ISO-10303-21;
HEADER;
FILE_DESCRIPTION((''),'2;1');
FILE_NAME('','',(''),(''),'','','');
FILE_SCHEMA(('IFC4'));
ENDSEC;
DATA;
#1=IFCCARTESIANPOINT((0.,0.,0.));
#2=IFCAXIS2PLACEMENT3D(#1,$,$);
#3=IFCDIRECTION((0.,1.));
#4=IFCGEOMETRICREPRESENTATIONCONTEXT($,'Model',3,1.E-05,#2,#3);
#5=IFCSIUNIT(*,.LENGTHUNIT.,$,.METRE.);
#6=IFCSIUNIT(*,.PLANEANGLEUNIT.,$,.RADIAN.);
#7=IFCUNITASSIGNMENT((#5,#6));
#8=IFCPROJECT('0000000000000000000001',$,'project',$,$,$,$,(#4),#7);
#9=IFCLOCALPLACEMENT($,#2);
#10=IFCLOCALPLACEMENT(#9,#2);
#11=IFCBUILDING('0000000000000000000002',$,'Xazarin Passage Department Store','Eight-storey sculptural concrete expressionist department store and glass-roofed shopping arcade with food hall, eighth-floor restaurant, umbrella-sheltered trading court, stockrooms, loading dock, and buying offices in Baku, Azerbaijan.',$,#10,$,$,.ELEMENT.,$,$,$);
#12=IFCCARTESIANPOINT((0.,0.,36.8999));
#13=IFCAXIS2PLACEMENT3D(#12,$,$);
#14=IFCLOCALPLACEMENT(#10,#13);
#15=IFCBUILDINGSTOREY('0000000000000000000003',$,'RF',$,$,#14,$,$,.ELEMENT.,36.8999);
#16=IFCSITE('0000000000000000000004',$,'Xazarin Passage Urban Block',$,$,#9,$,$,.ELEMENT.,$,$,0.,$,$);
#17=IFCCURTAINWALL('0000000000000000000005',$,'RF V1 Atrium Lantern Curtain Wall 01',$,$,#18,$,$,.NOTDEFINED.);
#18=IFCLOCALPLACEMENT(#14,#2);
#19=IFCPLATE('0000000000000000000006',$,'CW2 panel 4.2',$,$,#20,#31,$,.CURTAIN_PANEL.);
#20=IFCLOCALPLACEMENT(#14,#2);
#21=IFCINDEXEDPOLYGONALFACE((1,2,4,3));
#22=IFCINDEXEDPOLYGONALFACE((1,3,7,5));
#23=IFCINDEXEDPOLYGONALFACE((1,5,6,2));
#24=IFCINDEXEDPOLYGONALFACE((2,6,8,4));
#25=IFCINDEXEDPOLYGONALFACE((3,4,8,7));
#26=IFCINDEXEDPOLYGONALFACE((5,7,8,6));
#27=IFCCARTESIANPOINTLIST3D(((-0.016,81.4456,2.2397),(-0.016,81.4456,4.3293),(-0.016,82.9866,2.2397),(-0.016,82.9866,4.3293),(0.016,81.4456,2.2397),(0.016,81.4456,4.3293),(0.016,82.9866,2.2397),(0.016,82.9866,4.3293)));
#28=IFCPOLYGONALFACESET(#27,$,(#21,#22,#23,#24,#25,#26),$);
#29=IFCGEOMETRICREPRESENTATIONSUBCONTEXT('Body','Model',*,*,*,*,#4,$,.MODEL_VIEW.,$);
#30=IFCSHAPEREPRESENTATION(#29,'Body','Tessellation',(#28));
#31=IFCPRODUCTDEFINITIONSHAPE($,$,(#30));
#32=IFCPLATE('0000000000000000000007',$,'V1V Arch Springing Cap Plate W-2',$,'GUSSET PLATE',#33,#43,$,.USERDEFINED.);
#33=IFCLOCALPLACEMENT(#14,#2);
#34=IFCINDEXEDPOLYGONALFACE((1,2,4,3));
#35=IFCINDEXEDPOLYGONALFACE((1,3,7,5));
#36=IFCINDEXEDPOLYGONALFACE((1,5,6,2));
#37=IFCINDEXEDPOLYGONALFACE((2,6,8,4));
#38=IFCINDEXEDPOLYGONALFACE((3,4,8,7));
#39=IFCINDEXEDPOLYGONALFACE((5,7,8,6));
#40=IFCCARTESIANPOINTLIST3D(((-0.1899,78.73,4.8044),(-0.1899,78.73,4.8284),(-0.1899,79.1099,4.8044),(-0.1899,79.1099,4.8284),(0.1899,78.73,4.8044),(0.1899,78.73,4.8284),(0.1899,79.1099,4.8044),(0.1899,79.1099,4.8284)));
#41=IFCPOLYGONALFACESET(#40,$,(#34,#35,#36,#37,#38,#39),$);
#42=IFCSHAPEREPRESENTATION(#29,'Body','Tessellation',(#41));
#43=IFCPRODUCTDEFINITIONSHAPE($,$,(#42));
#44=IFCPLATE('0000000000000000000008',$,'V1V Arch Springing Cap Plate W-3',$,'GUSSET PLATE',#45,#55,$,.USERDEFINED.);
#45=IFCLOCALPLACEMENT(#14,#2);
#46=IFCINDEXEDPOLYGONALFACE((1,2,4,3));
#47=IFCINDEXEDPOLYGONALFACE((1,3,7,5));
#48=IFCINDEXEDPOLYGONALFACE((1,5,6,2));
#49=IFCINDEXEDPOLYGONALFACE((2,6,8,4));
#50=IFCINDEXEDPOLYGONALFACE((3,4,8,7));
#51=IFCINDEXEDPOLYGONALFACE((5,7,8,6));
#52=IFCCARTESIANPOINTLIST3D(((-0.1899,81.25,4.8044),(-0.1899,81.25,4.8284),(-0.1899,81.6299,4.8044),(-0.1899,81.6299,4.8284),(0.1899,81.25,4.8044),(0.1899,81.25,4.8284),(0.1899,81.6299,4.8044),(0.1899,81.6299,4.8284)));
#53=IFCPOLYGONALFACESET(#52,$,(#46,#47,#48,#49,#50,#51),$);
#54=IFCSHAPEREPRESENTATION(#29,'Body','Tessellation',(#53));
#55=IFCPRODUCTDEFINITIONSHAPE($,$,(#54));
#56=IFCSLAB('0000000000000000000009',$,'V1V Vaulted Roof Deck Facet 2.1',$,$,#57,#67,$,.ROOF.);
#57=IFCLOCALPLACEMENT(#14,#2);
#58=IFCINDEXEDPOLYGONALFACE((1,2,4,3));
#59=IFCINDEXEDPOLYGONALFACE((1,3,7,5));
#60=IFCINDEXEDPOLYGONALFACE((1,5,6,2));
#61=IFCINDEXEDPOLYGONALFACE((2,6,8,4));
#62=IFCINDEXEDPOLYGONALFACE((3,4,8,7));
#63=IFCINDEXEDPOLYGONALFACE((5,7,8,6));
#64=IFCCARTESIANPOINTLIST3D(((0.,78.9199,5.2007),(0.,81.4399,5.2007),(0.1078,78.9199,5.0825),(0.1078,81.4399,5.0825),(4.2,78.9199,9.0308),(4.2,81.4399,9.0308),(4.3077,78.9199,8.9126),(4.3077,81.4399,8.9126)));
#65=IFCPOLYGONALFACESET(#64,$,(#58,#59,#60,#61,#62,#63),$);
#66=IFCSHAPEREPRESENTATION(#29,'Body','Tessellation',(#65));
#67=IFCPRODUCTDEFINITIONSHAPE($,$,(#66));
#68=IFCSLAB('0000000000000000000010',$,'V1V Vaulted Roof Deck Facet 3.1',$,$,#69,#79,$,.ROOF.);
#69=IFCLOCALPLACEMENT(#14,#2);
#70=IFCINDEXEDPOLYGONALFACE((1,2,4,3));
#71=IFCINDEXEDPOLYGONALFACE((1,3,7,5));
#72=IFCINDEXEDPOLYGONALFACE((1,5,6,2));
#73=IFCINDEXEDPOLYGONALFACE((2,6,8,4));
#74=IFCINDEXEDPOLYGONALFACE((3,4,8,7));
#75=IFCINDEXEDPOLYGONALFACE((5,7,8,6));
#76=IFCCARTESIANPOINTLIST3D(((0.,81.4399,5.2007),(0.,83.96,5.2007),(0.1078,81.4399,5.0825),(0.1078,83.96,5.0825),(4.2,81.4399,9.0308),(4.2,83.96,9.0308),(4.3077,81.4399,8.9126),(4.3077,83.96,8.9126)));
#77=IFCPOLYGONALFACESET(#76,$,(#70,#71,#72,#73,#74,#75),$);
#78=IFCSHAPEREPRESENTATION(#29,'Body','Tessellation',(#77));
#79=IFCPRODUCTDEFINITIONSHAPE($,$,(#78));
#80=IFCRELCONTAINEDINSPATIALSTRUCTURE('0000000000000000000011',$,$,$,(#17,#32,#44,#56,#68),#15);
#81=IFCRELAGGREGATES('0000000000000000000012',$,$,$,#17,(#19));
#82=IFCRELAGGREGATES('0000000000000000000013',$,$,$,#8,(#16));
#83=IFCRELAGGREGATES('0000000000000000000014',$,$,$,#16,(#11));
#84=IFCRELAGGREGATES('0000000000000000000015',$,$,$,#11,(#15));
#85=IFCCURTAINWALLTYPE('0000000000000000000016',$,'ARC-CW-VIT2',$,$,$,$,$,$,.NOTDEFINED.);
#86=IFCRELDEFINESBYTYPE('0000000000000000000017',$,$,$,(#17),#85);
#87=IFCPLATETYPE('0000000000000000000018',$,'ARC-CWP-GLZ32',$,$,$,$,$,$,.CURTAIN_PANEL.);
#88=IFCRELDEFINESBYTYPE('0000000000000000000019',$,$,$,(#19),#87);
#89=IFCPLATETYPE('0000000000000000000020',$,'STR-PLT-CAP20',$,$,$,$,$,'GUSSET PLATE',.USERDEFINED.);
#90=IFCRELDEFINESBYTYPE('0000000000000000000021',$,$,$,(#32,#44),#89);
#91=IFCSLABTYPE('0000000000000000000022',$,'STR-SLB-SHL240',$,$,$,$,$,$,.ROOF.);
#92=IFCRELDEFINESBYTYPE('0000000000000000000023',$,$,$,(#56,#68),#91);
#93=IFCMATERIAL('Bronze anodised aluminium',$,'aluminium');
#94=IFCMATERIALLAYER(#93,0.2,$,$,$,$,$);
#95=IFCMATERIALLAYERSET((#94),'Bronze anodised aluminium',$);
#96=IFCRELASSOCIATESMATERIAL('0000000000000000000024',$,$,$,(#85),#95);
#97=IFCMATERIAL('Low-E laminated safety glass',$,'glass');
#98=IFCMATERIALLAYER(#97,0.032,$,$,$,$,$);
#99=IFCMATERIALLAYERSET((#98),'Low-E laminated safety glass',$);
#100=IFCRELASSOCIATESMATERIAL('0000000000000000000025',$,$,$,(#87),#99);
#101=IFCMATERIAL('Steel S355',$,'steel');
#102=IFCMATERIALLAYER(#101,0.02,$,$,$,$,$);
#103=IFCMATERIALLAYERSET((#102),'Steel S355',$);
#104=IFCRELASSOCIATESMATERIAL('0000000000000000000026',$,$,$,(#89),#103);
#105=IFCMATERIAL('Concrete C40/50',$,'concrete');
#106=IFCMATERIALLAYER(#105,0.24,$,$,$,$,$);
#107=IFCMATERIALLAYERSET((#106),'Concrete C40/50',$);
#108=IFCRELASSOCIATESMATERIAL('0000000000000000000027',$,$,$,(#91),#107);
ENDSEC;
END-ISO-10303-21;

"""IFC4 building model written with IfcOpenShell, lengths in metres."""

from ifc_helpers import new_model, si_unit, direction, frame, origin, origin_2d, place, context, subcontext, project, spatial, polyline, rectangle, outline, extrude, material, layer, layer_set, type_object, element, aggregate, save


model = new_model("IFC4")

# Units and contexts
model_context = context("Model", 3, precision=1e-05, world=origin(), true_north=direction((0.0, 1.0)))
body_context = subcontext(model_context, "Body", "Model", "MODEL_VIEW")
ifc_project = project(units=[si_unit("LENGTHUNIT", "METRE"), si_unit("PLANEANGLEUNIT", "RADIAN")], contexts=[model_context])

# Site, building, storey
site_placement = place(None, origin())
site = spatial("IfcSite", under=ifc_project, at=site_placement, Name="Xazarin Passage Urban Block", CompositionType="ELEMENT", RefElevation=0.0)
building_placement = place(site_placement, origin())
building = spatial("IfcBuilding", under=site, at=building_placement, Name="Xazarin Passage Department Store", Description="Eight-storey sculptural concrete expressionist department store and glass-roofed shopping arcade with food hall, eighth-floor restaurant, umbrella-sheltered trading court, stockrooms, loading dock, and buying offices in Baku, Azerbaijan.", CompositionType="ELEMENT")
storey_placement = place(building_placement, frame((0.0, 0.0, 36.8999)))
storey = spatial("IfcBuildingStorey", under=building, at=storey_placement, Name="RF", CompositionType="ELEMENT", Elevation=36.8999)

# Curtain wall
ifc_material_1 = material(Name="Bronze anodised aluminium", Category="aluminium")
ifc_layer_1 = layer(ifc_material_1, 0.2)
ifc_layer_set_1 = layer_set([ifc_layer_1], Name="Bronze anodised aluminium")
curtain_wall_type = type_object("IfcCurtainWallType", Name="ARC-CW-VIT2", PredefinedType="NOTDEFINED", material=ifc_layer_set_1)
curtain_wall_placement = place(storey_placement, origin())
curtain_wall = element("IfcCurtainWall", 1, at=curtain_wall_placement, inside=storey, type_object=curtain_wall_type, Name="RF V1 Atrium Lantern Curtain Wall 01", PredefinedType="NOTDEFINED")

# Shared definitions
ifc_material_2 = material(Name="Steel S355", Category="steel")

# Plate
ifc_material_3 = material(Name="Low-E laminated safety glass", Category="glass")
ifc_layer_2 = layer(ifc_material_3, 0.032)
ifc_layer_set_2 = layer_set([ifc_layer_2], Name="Low-E laminated safety glass")
plate_type_1 = type_object("IfcPlateType", Name="ARC-CWP-GLZ32", PredefinedType="CURTAIN_PANEL", material=ifc_layer_set_2)
plate_1_placement = place(storey_placement, frame((0.0, 82.2161, 2.2397), z_axis=(0.0, 0.0, 1.0), x_axis=(0.0, 1.0, 0.0)))
plate_1 = element("IfcPlate", 2, at=plate_1_placement, type_object=plate_type_1, Name="CW2 panel 4.2", PredefinedType="CURTAIN_PANEL", context=body_context, shape_type="SweptSolid", body=[
    extrude(rectangle(XDim=1.541, YDim=0.032, at=origin_2d()), origin(), (0.0, 0.0, 1.0), 2.0896),
])
aggregate(curtain_wall, [plate_1])

# Plates
ifc_layer_3 = layer(ifc_material_2, 0.02)
ifc_layer_set_3 = layer_set([ifc_layer_3], Name="Steel S355")
plate_type_2 = type_object("IfcPlateType", Name="STR-PLT-CAP20", ElementType="GUSSET PLATE", PredefinedType="USERDEFINED", material=ifc_layer_set_3)
for number, where, z_axis, x_axis, name in (
    (3, (0.0, 78.9199, 4.8044), (0.0, 0.0, 1.0), (1.0, 0.0, 0.0), "V1V Arch Springing Cap Plate W-2"),
    (4, (0.0, 81.4399, 4.8044), (0.0, 0.0, 1.0), (1.0, 0.0, 0.0), "V1V Arch Springing Cap Plate W-3"),
):
    element("IfcPlate", number, at=place(storey_placement, frame(where, z_axis=z_axis, x_axis=x_axis)), inside=storey, type_object=plate_type_2, Name=name, ObjectType="GUSSET PLATE", PredefinedType="USERDEFINED", context=body_context, shape_type="SweptSolid", body=[
        extrude(rectangle(XDim=0.3799, YDim=0.3799, at=origin_2d()), origin(), (0.0, 0.0, 1.0), 0.0239),
    ])

# Slabs
ifc_material_4 = material(Name="Concrete C40/50", Category="concrete")
ifc_layer_4 = layer(ifc_material_4, 0.24)
ifc_layer_set_4 = layer_set([ifc_layer_4], Name="Concrete C40/50")
slab_type = type_object("IfcSlabType", Name="STR-SLB-SHL240", PredefinedType="ROOF", material=ifc_layer_set_4)
for number, where, z_axis, x_axis, name in (
    (5, (0.0, 78.9199, 5.2007), (-0.673822, 0.0, 0.738894), (0.738894, 0.0, 0.673822), "V1V Vaulted Roof Deck Facet 2.1"),
    (6, (0.0, 81.4399, 5.2007), (-0.673822, 0.0, 0.738894), (0.738894, 0.0, 0.673822), "V1V Vaulted Roof Deck Facet 3.1"),
):
    element("IfcSlab", number, at=place(storey_placement, frame(where, z_axis=z_axis, x_axis=x_axis)), inside=storey, type_object=slab_type, Name=name, PredefinedType="ROOF", context=body_context, shape_type="SweptSolid", body=[
        extrude(outline(polyline([(0.0, 0.0), (5.6841, 0.0), (5.6841, 2.52), (0.0, 2.52), (0.0, 0.0)])), origin(), (0.0, 0.0, -1.0), 0.1599),
    ])

save(model, "model.ifc")
